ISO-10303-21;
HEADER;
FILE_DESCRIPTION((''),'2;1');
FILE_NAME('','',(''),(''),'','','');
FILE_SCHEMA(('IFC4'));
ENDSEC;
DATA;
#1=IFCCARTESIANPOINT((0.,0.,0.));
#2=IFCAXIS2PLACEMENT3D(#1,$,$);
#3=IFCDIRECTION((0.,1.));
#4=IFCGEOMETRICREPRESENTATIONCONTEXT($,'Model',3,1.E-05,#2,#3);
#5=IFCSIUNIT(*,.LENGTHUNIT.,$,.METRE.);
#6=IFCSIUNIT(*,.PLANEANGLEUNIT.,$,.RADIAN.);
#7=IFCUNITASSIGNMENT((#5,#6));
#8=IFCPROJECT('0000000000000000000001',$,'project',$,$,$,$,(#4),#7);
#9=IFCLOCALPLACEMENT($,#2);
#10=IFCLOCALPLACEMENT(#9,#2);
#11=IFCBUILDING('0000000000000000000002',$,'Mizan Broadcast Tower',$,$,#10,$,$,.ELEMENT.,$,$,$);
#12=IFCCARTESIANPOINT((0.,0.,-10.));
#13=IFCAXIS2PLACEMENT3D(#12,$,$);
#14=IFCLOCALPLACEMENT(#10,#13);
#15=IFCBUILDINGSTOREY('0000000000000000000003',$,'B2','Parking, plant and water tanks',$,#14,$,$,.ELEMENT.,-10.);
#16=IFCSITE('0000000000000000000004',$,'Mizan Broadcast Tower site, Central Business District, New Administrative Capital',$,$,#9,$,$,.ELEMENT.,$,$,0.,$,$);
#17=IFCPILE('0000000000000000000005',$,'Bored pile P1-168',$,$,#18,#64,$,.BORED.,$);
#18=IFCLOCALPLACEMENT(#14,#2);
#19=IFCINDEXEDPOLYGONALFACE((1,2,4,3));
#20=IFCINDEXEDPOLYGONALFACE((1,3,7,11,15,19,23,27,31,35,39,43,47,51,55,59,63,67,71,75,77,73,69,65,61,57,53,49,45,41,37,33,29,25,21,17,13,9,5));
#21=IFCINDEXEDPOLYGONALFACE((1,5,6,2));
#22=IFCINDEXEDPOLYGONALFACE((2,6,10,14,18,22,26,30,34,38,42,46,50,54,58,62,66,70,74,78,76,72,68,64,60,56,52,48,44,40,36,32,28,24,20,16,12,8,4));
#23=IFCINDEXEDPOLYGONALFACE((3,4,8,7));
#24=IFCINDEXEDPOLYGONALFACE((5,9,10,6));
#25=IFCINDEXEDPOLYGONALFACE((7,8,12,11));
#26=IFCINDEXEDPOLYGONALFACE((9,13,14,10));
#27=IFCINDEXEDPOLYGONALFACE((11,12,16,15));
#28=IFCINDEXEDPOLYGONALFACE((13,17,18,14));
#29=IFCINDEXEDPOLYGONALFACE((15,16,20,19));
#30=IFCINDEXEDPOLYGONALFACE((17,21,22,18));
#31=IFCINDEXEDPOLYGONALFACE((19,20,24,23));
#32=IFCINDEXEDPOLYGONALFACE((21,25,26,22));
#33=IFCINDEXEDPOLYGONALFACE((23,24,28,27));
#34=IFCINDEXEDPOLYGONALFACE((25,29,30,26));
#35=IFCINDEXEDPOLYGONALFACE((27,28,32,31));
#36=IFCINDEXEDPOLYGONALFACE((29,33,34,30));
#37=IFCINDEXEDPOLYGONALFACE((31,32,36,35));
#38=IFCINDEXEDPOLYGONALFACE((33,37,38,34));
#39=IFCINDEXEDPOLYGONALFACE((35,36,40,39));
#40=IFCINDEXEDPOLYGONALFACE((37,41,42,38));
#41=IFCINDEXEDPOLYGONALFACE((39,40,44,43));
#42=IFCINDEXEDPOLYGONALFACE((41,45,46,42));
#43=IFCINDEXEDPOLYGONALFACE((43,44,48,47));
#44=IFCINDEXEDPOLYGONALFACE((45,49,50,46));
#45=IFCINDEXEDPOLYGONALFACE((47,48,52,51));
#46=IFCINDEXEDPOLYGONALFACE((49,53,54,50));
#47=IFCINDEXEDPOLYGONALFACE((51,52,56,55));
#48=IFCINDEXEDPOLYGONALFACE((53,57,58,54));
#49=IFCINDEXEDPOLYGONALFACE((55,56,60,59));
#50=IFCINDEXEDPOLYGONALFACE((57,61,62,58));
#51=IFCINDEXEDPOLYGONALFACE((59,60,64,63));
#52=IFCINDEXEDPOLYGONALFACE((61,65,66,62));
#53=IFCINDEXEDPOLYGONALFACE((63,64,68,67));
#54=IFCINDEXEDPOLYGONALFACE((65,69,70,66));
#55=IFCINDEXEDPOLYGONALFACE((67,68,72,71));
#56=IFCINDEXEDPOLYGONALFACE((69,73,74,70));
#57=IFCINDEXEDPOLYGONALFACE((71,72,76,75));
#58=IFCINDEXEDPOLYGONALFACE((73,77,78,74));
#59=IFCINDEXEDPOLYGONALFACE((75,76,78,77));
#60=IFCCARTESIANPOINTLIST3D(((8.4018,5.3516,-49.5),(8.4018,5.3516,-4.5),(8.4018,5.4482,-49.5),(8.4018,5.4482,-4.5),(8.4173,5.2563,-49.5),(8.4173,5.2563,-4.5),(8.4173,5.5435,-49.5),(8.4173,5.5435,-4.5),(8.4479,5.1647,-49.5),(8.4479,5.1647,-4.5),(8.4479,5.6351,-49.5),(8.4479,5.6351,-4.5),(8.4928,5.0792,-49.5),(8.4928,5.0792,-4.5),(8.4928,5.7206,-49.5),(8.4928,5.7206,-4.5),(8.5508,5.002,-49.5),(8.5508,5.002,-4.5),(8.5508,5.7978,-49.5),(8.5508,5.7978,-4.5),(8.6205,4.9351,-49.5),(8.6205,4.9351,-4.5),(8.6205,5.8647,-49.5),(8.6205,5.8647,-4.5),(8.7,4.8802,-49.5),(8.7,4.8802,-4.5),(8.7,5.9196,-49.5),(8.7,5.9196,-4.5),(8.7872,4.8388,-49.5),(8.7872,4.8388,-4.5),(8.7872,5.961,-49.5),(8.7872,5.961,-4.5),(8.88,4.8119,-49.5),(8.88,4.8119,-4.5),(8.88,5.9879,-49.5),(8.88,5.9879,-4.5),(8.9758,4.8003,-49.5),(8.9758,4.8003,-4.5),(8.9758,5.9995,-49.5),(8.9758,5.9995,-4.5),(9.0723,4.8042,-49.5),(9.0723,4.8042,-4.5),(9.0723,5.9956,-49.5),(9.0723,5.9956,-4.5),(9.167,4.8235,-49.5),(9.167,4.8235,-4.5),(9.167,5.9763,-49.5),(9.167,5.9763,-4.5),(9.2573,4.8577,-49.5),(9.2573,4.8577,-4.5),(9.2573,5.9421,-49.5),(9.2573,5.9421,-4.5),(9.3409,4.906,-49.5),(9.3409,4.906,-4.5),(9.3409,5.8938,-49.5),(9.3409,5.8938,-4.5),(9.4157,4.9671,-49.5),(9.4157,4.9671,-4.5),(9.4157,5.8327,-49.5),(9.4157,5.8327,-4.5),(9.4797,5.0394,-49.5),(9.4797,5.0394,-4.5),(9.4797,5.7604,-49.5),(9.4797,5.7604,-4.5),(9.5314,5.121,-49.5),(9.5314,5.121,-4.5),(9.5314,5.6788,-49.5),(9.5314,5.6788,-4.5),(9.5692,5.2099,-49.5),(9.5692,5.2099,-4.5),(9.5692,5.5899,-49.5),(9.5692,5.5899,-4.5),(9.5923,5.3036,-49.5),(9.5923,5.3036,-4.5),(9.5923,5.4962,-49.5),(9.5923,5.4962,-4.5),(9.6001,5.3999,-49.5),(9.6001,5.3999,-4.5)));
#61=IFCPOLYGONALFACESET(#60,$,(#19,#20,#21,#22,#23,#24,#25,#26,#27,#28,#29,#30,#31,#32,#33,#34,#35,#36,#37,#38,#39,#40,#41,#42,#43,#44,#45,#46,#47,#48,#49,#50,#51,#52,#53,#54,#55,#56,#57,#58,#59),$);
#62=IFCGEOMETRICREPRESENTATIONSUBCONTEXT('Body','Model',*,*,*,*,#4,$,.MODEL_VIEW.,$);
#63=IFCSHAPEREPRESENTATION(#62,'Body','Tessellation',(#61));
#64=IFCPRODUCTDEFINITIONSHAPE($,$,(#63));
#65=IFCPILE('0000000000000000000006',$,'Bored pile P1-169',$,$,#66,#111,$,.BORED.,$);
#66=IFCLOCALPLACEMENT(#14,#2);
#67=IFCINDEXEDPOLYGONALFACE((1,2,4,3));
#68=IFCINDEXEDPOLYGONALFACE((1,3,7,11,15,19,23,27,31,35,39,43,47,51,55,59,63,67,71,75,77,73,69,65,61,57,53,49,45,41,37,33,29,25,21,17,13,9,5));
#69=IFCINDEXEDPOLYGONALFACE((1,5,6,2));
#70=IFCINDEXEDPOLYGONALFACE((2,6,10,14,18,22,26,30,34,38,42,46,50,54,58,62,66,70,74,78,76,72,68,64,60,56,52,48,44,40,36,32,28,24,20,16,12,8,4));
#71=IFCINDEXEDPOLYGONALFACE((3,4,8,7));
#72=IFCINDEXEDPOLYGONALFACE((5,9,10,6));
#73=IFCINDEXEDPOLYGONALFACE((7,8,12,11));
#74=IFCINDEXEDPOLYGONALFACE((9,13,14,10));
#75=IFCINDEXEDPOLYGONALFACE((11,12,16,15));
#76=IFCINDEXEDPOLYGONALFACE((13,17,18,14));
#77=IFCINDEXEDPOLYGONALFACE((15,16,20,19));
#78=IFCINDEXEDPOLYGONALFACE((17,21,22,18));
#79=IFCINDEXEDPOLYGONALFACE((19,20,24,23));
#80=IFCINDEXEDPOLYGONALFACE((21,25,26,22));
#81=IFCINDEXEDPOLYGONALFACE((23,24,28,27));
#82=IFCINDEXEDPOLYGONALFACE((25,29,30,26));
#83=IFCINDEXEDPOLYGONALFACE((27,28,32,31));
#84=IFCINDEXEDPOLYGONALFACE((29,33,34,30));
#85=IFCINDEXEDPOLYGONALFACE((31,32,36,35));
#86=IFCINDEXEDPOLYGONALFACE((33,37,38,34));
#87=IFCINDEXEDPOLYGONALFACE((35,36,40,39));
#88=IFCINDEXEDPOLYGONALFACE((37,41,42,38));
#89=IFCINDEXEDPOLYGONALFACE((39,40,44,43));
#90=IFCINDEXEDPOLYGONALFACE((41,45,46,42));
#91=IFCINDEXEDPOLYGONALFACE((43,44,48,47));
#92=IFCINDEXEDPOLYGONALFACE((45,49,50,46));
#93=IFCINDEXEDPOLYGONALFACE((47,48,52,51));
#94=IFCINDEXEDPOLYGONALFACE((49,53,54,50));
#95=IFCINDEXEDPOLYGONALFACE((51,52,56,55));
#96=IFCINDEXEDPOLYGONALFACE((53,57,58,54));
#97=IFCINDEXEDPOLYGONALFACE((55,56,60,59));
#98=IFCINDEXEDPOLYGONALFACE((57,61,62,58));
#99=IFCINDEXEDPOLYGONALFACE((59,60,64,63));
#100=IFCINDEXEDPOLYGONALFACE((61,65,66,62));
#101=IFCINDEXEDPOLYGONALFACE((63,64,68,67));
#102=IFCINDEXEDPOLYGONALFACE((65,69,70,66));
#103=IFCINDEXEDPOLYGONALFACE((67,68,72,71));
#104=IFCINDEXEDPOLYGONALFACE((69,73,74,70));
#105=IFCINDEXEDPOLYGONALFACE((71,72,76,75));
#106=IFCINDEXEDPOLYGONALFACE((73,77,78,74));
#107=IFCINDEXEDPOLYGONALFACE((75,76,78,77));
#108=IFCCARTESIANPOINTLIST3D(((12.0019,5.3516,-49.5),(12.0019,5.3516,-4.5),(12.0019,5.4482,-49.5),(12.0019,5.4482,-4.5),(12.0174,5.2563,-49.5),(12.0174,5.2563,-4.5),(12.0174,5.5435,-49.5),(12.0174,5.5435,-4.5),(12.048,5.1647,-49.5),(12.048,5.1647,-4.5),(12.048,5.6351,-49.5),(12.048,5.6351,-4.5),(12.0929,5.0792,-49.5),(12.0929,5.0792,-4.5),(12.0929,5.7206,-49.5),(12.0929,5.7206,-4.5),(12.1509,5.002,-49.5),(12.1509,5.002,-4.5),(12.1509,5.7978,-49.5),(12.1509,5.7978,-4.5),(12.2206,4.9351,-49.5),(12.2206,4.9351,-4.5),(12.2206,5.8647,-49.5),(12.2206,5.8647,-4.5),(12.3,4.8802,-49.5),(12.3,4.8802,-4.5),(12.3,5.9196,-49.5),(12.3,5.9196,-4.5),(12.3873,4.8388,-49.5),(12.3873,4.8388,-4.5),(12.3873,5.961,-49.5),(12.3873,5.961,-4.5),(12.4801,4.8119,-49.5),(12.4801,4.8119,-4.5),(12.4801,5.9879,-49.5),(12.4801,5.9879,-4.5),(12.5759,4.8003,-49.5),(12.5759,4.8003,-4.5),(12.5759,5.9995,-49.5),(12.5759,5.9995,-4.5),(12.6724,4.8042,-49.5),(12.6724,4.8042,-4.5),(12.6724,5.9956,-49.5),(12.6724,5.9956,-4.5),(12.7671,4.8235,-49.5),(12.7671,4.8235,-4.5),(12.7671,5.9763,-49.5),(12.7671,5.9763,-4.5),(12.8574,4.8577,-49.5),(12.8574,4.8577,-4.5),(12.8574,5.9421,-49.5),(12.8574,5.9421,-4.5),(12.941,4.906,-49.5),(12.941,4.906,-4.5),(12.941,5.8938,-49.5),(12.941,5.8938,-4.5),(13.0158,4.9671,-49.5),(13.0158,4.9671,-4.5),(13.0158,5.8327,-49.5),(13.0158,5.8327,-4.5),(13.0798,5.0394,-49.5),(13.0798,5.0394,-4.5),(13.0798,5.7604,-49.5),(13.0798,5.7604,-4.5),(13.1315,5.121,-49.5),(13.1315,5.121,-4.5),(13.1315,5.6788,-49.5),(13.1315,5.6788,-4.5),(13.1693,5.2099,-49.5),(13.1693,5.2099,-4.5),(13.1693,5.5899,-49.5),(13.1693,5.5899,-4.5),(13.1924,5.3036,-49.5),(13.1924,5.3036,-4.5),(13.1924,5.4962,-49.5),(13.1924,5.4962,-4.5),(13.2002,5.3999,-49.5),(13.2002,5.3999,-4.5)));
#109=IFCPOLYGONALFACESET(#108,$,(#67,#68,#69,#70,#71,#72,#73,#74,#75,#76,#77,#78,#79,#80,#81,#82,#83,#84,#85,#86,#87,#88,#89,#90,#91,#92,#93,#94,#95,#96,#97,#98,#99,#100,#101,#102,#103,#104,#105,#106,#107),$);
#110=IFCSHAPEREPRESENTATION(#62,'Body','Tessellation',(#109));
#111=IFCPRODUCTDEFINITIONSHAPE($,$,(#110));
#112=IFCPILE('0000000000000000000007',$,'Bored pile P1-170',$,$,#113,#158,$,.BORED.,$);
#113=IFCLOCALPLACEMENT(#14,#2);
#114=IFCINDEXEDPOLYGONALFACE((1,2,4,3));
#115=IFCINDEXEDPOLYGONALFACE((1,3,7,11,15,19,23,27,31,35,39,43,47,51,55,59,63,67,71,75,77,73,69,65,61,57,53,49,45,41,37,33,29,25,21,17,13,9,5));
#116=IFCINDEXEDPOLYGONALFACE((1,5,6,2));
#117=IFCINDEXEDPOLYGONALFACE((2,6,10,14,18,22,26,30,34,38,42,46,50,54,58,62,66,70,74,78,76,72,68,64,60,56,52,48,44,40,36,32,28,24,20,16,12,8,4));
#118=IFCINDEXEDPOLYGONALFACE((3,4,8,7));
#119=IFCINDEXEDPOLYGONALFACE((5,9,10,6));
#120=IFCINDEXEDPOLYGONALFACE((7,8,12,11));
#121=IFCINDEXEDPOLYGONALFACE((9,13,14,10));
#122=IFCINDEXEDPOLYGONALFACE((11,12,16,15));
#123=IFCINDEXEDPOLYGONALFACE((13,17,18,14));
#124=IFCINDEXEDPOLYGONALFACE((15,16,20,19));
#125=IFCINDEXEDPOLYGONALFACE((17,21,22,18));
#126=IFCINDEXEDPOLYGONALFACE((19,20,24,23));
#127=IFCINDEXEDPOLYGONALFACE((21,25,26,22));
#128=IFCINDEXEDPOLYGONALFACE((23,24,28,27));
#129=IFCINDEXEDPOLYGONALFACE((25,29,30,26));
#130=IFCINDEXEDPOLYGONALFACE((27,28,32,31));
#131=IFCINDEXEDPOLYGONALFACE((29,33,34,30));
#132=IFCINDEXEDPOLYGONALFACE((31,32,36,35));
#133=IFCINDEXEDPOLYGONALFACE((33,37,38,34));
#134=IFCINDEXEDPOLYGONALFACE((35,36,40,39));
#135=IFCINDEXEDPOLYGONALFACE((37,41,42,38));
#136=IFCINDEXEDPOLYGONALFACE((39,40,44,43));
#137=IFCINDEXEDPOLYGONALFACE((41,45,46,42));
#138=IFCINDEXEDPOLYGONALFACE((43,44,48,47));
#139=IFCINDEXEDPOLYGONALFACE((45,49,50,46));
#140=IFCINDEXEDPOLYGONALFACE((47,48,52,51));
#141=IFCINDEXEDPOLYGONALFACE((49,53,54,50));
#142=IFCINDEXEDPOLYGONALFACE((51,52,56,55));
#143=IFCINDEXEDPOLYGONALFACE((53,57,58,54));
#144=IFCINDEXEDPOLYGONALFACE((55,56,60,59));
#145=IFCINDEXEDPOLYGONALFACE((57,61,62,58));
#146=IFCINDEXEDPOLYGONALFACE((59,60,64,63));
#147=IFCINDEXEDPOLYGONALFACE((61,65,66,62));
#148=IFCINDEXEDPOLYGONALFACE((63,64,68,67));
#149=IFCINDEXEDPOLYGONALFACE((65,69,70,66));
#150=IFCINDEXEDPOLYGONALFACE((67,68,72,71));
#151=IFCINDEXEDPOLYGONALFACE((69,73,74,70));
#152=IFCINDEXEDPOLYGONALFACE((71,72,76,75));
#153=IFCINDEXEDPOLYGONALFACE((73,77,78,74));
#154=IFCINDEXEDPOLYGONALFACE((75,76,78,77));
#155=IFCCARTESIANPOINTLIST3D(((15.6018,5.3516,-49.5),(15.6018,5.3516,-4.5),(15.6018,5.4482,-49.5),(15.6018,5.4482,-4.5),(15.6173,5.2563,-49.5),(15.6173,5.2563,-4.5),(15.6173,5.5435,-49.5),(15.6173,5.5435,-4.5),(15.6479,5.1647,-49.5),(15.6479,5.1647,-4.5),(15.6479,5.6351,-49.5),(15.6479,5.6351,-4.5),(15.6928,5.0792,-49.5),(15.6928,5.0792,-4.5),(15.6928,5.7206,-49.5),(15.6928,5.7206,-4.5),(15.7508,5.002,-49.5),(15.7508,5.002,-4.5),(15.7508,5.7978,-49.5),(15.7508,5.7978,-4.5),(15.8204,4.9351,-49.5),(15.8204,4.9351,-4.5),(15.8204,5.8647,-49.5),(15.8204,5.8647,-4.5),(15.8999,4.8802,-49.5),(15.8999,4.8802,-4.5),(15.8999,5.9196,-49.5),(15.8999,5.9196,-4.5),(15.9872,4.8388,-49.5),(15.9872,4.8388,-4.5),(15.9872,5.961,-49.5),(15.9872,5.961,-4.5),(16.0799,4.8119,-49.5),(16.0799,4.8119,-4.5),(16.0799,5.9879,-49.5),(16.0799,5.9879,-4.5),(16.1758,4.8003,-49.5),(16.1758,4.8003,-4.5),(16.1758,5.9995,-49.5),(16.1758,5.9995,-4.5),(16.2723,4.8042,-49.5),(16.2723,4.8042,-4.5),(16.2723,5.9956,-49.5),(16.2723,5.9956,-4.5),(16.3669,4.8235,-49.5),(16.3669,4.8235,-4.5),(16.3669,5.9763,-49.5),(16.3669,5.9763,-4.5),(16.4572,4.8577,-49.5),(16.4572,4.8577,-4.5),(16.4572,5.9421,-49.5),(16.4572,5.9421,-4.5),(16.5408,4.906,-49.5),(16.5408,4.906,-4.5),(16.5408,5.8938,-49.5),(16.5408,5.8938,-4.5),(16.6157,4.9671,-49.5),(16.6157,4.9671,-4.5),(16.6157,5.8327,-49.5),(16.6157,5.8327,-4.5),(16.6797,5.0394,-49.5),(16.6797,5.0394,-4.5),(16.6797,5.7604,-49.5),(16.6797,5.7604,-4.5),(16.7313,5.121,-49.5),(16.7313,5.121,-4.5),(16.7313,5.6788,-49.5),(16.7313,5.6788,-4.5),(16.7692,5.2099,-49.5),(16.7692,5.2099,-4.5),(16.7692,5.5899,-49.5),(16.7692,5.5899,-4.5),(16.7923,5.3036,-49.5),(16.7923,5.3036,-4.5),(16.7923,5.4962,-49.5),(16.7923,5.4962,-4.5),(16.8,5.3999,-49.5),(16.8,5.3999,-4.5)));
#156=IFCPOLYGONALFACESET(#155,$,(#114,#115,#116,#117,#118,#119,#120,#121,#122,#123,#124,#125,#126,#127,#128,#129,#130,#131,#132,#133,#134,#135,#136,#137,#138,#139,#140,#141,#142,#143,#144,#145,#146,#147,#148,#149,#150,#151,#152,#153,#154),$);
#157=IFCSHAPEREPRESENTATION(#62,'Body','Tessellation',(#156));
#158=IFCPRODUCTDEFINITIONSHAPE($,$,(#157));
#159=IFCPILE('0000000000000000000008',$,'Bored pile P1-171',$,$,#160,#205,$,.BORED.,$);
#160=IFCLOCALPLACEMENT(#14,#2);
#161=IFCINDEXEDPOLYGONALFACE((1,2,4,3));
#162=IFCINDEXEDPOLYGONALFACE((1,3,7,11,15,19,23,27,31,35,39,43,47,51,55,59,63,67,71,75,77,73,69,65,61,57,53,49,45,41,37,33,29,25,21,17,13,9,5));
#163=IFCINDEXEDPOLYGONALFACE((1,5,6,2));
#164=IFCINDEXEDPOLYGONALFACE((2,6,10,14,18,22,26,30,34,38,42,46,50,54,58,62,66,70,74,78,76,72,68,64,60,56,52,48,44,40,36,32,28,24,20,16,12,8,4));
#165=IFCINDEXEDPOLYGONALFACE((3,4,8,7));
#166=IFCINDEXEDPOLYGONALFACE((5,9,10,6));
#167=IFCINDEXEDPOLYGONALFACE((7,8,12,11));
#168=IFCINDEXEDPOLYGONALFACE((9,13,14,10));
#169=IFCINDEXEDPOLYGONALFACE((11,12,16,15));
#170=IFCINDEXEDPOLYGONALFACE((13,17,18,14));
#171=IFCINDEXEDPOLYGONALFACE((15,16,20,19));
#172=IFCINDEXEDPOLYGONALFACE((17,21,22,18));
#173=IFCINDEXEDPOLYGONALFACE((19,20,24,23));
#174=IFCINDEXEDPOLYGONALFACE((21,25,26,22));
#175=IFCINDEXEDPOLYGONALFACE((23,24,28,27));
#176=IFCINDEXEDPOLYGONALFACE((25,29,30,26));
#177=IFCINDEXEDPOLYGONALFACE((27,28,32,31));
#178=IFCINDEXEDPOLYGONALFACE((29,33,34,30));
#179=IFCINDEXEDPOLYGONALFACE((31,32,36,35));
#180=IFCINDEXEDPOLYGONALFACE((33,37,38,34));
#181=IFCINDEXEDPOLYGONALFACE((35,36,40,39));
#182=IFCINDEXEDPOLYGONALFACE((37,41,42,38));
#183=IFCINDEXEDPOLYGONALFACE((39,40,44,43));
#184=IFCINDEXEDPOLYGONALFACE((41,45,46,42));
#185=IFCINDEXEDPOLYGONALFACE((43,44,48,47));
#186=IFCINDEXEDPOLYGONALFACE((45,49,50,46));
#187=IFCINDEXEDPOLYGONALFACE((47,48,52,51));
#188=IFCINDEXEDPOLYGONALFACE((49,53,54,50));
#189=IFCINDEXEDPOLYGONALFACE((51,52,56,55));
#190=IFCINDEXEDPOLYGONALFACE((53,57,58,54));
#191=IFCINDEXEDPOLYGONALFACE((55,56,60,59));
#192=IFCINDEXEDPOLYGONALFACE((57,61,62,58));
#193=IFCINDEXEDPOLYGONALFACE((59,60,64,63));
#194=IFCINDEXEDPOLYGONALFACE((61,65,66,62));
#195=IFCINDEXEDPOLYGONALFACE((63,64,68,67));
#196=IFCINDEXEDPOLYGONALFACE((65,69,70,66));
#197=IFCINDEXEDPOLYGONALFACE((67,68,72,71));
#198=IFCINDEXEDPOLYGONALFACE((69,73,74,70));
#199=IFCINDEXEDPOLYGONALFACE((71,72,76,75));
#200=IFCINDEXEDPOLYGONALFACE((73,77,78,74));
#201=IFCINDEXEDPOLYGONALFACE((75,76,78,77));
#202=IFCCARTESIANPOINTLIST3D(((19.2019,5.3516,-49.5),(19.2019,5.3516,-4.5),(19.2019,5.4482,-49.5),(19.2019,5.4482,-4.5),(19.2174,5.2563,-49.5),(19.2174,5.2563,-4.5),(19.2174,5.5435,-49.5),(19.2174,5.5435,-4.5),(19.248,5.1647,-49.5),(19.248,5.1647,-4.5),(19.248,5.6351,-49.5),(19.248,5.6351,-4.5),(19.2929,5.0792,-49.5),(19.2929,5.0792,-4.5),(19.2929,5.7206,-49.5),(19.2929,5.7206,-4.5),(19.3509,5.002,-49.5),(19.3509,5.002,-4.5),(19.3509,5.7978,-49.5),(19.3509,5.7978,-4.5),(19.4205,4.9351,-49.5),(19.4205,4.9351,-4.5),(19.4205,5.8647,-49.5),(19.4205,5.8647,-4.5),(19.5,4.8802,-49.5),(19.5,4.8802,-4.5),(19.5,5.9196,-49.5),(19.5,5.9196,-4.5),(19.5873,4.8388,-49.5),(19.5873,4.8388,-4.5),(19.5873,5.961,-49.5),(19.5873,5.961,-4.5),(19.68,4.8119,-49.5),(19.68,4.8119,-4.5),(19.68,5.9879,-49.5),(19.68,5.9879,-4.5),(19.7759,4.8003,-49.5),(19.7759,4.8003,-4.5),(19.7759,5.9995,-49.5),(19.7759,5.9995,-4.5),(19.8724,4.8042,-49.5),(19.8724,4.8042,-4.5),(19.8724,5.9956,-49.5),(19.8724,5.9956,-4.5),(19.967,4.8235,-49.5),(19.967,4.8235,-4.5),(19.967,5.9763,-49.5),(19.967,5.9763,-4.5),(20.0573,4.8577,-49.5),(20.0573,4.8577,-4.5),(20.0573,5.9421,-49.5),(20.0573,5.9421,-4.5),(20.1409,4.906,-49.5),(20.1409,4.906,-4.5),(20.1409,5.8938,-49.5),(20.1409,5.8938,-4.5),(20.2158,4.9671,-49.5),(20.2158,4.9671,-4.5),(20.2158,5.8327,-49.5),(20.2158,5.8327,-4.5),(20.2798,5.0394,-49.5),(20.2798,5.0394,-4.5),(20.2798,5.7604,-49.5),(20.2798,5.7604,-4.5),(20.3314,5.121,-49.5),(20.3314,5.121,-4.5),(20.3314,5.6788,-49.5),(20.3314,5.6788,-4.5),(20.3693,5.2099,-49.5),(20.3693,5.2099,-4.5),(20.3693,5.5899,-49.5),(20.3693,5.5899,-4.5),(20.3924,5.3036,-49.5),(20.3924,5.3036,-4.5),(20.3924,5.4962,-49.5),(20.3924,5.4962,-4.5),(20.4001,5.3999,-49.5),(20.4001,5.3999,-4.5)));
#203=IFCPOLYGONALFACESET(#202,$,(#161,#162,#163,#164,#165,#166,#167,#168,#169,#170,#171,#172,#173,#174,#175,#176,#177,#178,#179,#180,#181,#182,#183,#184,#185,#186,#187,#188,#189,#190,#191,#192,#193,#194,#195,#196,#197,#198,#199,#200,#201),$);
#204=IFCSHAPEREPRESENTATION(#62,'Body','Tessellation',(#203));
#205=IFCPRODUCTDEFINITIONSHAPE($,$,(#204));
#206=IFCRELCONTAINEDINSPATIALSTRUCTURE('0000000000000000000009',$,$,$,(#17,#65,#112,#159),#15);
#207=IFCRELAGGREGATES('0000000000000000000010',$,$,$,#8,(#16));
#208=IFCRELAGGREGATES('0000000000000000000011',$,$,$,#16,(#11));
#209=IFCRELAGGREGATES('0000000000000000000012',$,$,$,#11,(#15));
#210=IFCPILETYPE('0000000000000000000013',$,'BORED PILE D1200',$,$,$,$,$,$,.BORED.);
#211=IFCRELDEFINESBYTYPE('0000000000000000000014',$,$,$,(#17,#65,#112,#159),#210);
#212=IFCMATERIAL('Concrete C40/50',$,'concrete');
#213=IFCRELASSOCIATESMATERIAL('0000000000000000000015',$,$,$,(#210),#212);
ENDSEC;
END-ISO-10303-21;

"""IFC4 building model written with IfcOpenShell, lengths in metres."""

from ifc_helpers import new_model, si_unit, direction, frame, origin, origin_2d, place, context, subcontext, project, spatial, circle, extrude, material, material_profile, profile_set, type_object, element, save


model = new_model("IFC4")

# Units and contexts
model_context = context("Model", 3, precision=1e-05, world=origin(), true_north=direction((0.0, 1.0)))
body_context = subcontext(model_context, "Body", "Model", "MODEL_VIEW")
ifc_project = project(units=[si_unit("LENGTHUNIT", "METRE"), si_unit("PLANEANGLEUNIT", "RADIAN")], contexts=[model_context])

# Site, building, storey
site_placement = place(None, origin())
site = spatial("IfcSite", under=ifc_project, at=site_placement, Name="Mizan Broadcast Tower site, Central Business District, New Administrative Capital", CompositionType="ELEMENT", RefElevation=0.0)
building_placement = place(site_placement, origin())
building = spatial("IfcBuilding", under=site, at=building_placement, Name="Mizan Broadcast Tower", CompositionType="ELEMENT")
storey_placement = place(building_placement, frame((0.0, 0.0, -10.0)))
storey = spatial("IfcBuildingStorey", under=building, at=storey_placement, Name="B2", Description="Parking, plant and water tanks", CompositionType="ELEMENT", Elevation=-10.0)

# Piles
ifc_material_1 = material(Name="Concrete C40/50", Category="concrete")
ifc_material_profile_1 = material_profile(ifc_material_1, circle(Radius=0.6001, at=origin_2d()), Name="D1200")
ifc_profile_set_1 = profile_set([ifc_material_profile_1], Name="Concrete C40/50")
pile_type_1 = type_object("IfcPileType", Name="BORED PILE D1200", PredefinedType="BORED", material=ifc_profile_set_1)
for number, where, z_axis, x_axis, name in (
    (1, (9.0, 5.3999, -4.5), (0.0, 0.0, -1.0), (1.0, 0.0, 0.0), "Bored pile P1-168"),
    (2, (12.6001, 5.3999, -4.5), (0.0, 0.0, -1.0), (1.0, 0.0, 0.0), "Bored pile P1-169"),
    (3, (16.2, 5.3999, -4.5), (0.0, 0.0, -1.0), (1.0, 0.0, 0.0), "Bored pile P1-170"),
    (4, (19.8, 5.3999, -4.5), (0.0, 0.0, -1.0), (1.0, 0.0, 0.0), "Bored pile P1-171"),
):
    element("IfcPile", number, at=place(storey_placement, frame(where, z_axis=z_axis, x_axis=x_axis)), inside=storey, type_object=pile_type_1, Name=name, PredefinedType="BORED", context=body_context, shape_type="SweptSolid", body=[
        extrude(circle(Radius=0.6001, at=origin_2d()), origin(), (0.0, 0.0, 1.0), 45.0),
    ])

save(model, "model.ifc")
